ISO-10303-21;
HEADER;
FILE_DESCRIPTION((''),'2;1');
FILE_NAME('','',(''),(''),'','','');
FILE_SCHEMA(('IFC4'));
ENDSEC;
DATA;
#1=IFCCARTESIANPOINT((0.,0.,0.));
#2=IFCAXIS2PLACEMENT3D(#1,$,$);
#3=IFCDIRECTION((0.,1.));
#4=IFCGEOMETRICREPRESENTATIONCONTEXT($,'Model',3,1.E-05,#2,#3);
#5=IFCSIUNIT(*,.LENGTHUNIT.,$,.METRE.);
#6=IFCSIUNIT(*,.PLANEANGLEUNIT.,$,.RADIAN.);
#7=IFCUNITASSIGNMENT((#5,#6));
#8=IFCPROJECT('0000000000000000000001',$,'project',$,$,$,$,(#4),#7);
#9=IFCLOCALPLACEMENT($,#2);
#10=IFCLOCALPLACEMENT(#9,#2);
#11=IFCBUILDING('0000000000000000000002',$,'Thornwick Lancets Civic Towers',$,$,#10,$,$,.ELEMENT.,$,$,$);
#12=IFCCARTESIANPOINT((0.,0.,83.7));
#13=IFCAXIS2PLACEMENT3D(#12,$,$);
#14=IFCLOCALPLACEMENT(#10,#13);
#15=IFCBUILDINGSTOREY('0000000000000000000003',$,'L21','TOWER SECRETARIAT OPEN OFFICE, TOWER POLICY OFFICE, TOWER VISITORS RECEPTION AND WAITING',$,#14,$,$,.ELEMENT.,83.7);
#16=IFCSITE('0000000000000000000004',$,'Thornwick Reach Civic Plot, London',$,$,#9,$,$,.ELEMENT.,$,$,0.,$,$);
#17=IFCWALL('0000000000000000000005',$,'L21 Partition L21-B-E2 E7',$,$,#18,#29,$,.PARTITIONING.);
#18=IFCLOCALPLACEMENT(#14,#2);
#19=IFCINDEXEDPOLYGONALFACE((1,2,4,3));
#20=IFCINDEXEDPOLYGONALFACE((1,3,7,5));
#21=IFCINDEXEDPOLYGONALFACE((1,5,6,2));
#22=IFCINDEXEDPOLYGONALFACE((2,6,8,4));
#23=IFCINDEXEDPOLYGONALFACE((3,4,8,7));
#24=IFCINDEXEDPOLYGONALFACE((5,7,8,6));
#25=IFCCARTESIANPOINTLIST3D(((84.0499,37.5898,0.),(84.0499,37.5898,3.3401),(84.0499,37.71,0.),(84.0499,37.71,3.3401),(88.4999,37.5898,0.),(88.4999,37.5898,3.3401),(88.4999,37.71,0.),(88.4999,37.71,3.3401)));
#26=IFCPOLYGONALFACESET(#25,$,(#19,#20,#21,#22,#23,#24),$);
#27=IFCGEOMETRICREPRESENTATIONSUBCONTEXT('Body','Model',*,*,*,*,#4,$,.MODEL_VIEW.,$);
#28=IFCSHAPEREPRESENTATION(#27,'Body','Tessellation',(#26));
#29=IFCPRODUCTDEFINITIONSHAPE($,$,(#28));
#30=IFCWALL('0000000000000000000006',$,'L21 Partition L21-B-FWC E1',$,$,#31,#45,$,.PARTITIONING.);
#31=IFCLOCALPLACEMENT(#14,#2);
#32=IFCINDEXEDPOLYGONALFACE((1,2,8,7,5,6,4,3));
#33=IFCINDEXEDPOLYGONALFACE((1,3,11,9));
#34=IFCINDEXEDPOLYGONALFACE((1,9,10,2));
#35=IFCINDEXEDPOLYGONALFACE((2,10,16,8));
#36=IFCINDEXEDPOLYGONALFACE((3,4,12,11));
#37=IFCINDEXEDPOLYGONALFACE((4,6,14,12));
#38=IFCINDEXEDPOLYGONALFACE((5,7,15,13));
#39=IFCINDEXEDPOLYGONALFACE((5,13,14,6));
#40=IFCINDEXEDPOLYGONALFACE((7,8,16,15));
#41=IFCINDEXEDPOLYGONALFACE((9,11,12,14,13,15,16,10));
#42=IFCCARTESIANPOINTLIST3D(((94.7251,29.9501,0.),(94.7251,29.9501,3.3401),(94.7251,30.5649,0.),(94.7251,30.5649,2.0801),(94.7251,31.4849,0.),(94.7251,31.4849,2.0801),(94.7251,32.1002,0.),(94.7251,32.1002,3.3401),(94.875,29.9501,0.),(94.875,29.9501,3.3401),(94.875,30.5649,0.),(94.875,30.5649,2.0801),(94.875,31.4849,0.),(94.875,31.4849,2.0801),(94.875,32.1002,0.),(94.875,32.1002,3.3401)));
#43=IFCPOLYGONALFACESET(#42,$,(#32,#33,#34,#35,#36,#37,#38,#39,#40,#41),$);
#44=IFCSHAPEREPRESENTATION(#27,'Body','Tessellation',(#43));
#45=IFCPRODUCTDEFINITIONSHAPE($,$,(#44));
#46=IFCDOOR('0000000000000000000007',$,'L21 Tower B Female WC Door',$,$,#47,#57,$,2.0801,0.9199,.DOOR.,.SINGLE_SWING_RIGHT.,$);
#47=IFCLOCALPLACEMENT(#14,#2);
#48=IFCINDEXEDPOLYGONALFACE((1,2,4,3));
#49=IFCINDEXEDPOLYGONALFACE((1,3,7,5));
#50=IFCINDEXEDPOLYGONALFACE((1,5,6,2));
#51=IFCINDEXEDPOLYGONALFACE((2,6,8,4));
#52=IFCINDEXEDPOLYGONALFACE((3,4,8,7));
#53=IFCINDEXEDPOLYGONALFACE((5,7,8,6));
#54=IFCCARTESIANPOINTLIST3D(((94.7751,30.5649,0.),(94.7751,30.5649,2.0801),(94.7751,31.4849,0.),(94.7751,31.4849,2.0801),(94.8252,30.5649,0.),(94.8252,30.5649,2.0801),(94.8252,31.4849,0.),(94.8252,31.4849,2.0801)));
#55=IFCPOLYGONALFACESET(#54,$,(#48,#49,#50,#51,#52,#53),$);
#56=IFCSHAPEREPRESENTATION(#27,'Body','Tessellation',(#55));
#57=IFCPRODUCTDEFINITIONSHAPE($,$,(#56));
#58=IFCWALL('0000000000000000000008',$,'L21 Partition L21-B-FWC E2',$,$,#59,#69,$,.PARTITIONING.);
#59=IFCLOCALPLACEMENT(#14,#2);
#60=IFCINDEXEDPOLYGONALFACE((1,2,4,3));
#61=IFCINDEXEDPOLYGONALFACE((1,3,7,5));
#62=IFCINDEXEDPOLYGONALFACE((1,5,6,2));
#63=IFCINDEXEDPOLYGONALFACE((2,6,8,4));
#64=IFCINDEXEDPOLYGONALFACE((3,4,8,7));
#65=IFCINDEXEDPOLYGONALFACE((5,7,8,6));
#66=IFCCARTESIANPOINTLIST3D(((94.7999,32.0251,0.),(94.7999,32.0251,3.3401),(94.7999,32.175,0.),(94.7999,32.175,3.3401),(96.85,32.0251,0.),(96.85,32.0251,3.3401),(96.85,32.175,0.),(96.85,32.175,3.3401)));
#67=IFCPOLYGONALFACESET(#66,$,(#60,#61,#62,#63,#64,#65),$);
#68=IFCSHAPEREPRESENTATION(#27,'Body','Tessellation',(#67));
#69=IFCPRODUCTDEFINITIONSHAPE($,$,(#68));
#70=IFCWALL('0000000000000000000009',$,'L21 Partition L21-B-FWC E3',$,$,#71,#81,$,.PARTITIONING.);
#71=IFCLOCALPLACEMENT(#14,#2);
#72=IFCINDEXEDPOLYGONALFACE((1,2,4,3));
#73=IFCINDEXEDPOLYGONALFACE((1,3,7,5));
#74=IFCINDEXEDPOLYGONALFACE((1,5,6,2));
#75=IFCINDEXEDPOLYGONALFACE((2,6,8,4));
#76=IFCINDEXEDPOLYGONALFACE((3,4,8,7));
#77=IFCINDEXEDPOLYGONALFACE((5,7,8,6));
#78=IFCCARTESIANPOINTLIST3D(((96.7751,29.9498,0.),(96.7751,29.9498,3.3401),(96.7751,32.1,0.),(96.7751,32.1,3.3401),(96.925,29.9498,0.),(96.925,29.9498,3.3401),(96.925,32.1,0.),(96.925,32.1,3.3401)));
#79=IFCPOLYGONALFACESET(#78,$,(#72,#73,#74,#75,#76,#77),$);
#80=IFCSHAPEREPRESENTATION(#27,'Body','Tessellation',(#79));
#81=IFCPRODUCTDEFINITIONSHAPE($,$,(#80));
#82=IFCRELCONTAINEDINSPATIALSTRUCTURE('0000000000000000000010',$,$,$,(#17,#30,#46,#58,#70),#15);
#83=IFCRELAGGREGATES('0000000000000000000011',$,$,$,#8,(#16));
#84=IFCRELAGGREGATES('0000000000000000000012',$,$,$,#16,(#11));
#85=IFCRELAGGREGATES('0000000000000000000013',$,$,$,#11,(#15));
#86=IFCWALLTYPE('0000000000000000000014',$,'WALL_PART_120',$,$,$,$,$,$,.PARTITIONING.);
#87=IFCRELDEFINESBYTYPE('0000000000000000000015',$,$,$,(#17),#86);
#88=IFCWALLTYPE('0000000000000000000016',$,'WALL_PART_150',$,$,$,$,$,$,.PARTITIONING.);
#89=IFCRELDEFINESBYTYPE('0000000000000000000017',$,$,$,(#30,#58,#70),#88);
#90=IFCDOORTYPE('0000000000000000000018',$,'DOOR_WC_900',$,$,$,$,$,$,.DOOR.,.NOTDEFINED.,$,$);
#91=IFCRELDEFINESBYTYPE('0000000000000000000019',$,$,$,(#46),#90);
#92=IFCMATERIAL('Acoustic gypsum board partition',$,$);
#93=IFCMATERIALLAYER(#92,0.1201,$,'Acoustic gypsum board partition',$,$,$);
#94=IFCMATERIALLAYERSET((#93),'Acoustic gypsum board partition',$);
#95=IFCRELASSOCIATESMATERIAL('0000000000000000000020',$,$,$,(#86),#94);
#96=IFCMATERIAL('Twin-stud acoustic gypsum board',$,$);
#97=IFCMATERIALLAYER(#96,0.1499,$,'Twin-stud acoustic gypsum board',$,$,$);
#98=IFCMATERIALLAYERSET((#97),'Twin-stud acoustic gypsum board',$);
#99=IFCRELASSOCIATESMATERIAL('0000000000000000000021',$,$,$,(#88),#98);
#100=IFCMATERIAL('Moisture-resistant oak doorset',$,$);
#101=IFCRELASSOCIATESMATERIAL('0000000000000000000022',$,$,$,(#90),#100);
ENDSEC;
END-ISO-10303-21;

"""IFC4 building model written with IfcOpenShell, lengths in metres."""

from ifc_helpers import new_model, si_unit, direction, frame, frame_2d, origin, place, context, subcontext, project, spatial, rectangle, extrude, material, layer, layer_set, type_object, element, fill, save


model = new_model("IFC4")

# Units and contexts
model_context = context("Model", 3, precision=1e-05, world=origin(), true_north=direction((0.0, 1.0)))
body_context = subcontext(model_context, "Body", "Model", "MODEL_VIEW")
ifc_project = project(units=[si_unit("LENGTHUNIT", "METRE"), si_unit("PLANEANGLEUNIT", "RADIAN")], contexts=[model_context])

# Site, building, storey
site_placement = place(None, origin())
site = spatial("IfcSite", under=ifc_project, at=site_placement, Name="Thornwick Reach Civic Plot, London", CompositionType="ELEMENT", RefElevation=0.0)
building_placement = place(site_placement, origin())
building = spatial("IfcBuilding", under=site, at=building_placement, Name="Thornwick Lancets Civic Towers", CompositionType="ELEMENT")
storey_placement = place(building_placement, frame((0.0, 0.0, 83.7)))
storey = spatial("IfcBuildingStorey", under=building, at=storey_placement, Name="L21", Description="TOWER SECRETARIAT OPEN OFFICE, TOWER POLICY OFFICE, TOWER VISITORS RECEPTION AND WAITING", CompositionType="ELEMENT", Elevation=83.7)

# Shared definitions
ifc_material_1 = material(Name="Acoustic gypsum board partition")
ifc_layer_1 = layer(ifc_material_1, 0.1201, Name="Acoustic gypsum board partition")
ifc_layer_set_1 = layer_set([ifc_layer_1], Name="Acoustic gypsum board partition")
wall_type_1 = type_object("IfcWallType", Name="WALL_PART_120", PredefinedType="PARTITIONING", material=ifc_layer_set_1)

# Wall
wall_1_placement = place(storey_placement, frame((88.5, 37.6499, 0.0), z_axis=(0.0, 0.0, 1.0), x_axis=(-1.0, 0.0, 0.0)))
element("IfcWall", 1, at=wall_1_placement, inside=storey, type_object=wall_type_1, Name="L21 Partition L21-B-E2 E7", PredefinedType="PARTITIONING", context=body_context, shape_type="SweptSolid", body=[
    extrude(rectangle(XDim=4.45, YDim=0.1201, at=frame_2d((2.2251, 0.0))), origin(), (0.0, 0.0, 1.0), 3.3401),
])

# Wall, opening, door
ifc_material_2 = material(Name="Twin-stud acoustic gypsum board")
ifc_layer_2 = layer(ifc_material_2, 0.1499, Name="Twin-stud acoustic gypsum board")
ifc_layer_set_2 = layer_set([ifc_layer_2], Name="Twin-stud acoustic gypsum board")
wall_type_2 = type_object("IfcWallType", Name="WALL_PART_150", PredefinedType="PARTITIONING", material=ifc_layer_set_2)
wall_2_placement = place(storey_placement, frame((94.8, 29.95, 0.0), z_axis=(0.0, 0.0, 1.0), x_axis=(0.0, 1.0, 0.0)))
wall_2 = element("IfcWall", 2, at=wall_2_placement, inside=storey, type_object=wall_type_2, Name="L21 Partition L21-B-FWC E1", PredefinedType="PARTITIONING", context=body_context, shape_type="SweptSolid", body=[
    extrude(rectangle(XDim=2.1501, YDim=0.1499, at=frame_2d((1.0752, 0.0))), origin(), (0.0, 0.0, 1.0), 3.3401),
])
opening_1_placement = place(wall_2_placement, frame((0.615, 0.0, 0.0)))
opening_1 = element("IfcOpeningElement", 3, at=opening_1_placement, cuts=wall_2, PredefinedType="OPENING", context=body_context, shape_type="SweptSolid", body=[
    extrude(rectangle(XDim=0.9199, YDim=2.0801, at=frame_2d((0.46, 1.04))), frame((0.0, 0.085, 0.0), z_axis=(0.0, -1.0, 0.0), x_axis=(1.0, 0.0, 0.0)), (0.0, 0.0, 1.0), 0.1699),
])
ifc_material_3 = material(Name="Moisture-resistant oak doorset")
door_type_1 = type_object("IfcDoorType", Name="DOOR_WC_900", OperationType="NOTDEFINED", PredefinedType="DOOR", material=ifc_material_3)
door_1_placement = place(opening_1_placement, origin())
door_1 = element("IfcDoor", 4, at=door_1_placement, inside=storey, type_object=door_type_1, Name="L21 Tower B Female WC Door", OperationType="SINGLE_SWING_RIGHT", OverallHeight=2.0801, OverallWidth=0.9199, PredefinedType="DOOR", context=body_context, shape_type="SweptSolid", body=[
    extrude(rectangle(XDim=0.9199, YDim=2.0801, at=frame_2d((0.46, 1.04))), frame((0.0, 0.0249, 0.0), z_axis=(0.0, -1.0, 0.0), x_axis=(1.0, 0.0, 0.0)), (0.0, 0.0, 1.0), 0.05),
])
fill(opening_1, door_1)

# Walls
wall_3_placement = place(storey_placement, frame((94.8, 32.1001, 0.0), z_axis=(0.0, 0.0, 1.0), x_axis=(1.0, 0.0, 0.0)))
element("IfcWall", 5, at=wall_3_placement, inside=storey, type_object=wall_type_2, Name="L21 Partition L21-B-FWC E2", PredefinedType="PARTITIONING", context=body_context, shape_type="SweptSolid", body=[
    extrude(rectangle(XDim=2.05, YDim=0.1499, at=frame_2d((1.0249, 0.0))), origin(), (0.0, 0.0, 1.0), 3.3401),
])
wall_4_placement = place(storey_placement, frame((96.8501, 32.1001, 0.0), z_axis=(0.0, 0.0, 1.0), x_axis=(0.0, -1.0, 0.0)))
element("IfcWall", 6, at=wall_4_placement, inside=storey, type_object=wall_type_2, Name="L21 Partition L21-B-FWC E3", PredefinedType="PARTITIONING", context=body_context, shape_type="SweptSolid", body=[
    extrude(rectangle(XDim=2.1501, YDim=0.1499, at=frame_2d((1.0752, 0.0))), origin(), (0.0, 0.0, 1.0), 3.3401),
])

save(model, "model.ifc")
